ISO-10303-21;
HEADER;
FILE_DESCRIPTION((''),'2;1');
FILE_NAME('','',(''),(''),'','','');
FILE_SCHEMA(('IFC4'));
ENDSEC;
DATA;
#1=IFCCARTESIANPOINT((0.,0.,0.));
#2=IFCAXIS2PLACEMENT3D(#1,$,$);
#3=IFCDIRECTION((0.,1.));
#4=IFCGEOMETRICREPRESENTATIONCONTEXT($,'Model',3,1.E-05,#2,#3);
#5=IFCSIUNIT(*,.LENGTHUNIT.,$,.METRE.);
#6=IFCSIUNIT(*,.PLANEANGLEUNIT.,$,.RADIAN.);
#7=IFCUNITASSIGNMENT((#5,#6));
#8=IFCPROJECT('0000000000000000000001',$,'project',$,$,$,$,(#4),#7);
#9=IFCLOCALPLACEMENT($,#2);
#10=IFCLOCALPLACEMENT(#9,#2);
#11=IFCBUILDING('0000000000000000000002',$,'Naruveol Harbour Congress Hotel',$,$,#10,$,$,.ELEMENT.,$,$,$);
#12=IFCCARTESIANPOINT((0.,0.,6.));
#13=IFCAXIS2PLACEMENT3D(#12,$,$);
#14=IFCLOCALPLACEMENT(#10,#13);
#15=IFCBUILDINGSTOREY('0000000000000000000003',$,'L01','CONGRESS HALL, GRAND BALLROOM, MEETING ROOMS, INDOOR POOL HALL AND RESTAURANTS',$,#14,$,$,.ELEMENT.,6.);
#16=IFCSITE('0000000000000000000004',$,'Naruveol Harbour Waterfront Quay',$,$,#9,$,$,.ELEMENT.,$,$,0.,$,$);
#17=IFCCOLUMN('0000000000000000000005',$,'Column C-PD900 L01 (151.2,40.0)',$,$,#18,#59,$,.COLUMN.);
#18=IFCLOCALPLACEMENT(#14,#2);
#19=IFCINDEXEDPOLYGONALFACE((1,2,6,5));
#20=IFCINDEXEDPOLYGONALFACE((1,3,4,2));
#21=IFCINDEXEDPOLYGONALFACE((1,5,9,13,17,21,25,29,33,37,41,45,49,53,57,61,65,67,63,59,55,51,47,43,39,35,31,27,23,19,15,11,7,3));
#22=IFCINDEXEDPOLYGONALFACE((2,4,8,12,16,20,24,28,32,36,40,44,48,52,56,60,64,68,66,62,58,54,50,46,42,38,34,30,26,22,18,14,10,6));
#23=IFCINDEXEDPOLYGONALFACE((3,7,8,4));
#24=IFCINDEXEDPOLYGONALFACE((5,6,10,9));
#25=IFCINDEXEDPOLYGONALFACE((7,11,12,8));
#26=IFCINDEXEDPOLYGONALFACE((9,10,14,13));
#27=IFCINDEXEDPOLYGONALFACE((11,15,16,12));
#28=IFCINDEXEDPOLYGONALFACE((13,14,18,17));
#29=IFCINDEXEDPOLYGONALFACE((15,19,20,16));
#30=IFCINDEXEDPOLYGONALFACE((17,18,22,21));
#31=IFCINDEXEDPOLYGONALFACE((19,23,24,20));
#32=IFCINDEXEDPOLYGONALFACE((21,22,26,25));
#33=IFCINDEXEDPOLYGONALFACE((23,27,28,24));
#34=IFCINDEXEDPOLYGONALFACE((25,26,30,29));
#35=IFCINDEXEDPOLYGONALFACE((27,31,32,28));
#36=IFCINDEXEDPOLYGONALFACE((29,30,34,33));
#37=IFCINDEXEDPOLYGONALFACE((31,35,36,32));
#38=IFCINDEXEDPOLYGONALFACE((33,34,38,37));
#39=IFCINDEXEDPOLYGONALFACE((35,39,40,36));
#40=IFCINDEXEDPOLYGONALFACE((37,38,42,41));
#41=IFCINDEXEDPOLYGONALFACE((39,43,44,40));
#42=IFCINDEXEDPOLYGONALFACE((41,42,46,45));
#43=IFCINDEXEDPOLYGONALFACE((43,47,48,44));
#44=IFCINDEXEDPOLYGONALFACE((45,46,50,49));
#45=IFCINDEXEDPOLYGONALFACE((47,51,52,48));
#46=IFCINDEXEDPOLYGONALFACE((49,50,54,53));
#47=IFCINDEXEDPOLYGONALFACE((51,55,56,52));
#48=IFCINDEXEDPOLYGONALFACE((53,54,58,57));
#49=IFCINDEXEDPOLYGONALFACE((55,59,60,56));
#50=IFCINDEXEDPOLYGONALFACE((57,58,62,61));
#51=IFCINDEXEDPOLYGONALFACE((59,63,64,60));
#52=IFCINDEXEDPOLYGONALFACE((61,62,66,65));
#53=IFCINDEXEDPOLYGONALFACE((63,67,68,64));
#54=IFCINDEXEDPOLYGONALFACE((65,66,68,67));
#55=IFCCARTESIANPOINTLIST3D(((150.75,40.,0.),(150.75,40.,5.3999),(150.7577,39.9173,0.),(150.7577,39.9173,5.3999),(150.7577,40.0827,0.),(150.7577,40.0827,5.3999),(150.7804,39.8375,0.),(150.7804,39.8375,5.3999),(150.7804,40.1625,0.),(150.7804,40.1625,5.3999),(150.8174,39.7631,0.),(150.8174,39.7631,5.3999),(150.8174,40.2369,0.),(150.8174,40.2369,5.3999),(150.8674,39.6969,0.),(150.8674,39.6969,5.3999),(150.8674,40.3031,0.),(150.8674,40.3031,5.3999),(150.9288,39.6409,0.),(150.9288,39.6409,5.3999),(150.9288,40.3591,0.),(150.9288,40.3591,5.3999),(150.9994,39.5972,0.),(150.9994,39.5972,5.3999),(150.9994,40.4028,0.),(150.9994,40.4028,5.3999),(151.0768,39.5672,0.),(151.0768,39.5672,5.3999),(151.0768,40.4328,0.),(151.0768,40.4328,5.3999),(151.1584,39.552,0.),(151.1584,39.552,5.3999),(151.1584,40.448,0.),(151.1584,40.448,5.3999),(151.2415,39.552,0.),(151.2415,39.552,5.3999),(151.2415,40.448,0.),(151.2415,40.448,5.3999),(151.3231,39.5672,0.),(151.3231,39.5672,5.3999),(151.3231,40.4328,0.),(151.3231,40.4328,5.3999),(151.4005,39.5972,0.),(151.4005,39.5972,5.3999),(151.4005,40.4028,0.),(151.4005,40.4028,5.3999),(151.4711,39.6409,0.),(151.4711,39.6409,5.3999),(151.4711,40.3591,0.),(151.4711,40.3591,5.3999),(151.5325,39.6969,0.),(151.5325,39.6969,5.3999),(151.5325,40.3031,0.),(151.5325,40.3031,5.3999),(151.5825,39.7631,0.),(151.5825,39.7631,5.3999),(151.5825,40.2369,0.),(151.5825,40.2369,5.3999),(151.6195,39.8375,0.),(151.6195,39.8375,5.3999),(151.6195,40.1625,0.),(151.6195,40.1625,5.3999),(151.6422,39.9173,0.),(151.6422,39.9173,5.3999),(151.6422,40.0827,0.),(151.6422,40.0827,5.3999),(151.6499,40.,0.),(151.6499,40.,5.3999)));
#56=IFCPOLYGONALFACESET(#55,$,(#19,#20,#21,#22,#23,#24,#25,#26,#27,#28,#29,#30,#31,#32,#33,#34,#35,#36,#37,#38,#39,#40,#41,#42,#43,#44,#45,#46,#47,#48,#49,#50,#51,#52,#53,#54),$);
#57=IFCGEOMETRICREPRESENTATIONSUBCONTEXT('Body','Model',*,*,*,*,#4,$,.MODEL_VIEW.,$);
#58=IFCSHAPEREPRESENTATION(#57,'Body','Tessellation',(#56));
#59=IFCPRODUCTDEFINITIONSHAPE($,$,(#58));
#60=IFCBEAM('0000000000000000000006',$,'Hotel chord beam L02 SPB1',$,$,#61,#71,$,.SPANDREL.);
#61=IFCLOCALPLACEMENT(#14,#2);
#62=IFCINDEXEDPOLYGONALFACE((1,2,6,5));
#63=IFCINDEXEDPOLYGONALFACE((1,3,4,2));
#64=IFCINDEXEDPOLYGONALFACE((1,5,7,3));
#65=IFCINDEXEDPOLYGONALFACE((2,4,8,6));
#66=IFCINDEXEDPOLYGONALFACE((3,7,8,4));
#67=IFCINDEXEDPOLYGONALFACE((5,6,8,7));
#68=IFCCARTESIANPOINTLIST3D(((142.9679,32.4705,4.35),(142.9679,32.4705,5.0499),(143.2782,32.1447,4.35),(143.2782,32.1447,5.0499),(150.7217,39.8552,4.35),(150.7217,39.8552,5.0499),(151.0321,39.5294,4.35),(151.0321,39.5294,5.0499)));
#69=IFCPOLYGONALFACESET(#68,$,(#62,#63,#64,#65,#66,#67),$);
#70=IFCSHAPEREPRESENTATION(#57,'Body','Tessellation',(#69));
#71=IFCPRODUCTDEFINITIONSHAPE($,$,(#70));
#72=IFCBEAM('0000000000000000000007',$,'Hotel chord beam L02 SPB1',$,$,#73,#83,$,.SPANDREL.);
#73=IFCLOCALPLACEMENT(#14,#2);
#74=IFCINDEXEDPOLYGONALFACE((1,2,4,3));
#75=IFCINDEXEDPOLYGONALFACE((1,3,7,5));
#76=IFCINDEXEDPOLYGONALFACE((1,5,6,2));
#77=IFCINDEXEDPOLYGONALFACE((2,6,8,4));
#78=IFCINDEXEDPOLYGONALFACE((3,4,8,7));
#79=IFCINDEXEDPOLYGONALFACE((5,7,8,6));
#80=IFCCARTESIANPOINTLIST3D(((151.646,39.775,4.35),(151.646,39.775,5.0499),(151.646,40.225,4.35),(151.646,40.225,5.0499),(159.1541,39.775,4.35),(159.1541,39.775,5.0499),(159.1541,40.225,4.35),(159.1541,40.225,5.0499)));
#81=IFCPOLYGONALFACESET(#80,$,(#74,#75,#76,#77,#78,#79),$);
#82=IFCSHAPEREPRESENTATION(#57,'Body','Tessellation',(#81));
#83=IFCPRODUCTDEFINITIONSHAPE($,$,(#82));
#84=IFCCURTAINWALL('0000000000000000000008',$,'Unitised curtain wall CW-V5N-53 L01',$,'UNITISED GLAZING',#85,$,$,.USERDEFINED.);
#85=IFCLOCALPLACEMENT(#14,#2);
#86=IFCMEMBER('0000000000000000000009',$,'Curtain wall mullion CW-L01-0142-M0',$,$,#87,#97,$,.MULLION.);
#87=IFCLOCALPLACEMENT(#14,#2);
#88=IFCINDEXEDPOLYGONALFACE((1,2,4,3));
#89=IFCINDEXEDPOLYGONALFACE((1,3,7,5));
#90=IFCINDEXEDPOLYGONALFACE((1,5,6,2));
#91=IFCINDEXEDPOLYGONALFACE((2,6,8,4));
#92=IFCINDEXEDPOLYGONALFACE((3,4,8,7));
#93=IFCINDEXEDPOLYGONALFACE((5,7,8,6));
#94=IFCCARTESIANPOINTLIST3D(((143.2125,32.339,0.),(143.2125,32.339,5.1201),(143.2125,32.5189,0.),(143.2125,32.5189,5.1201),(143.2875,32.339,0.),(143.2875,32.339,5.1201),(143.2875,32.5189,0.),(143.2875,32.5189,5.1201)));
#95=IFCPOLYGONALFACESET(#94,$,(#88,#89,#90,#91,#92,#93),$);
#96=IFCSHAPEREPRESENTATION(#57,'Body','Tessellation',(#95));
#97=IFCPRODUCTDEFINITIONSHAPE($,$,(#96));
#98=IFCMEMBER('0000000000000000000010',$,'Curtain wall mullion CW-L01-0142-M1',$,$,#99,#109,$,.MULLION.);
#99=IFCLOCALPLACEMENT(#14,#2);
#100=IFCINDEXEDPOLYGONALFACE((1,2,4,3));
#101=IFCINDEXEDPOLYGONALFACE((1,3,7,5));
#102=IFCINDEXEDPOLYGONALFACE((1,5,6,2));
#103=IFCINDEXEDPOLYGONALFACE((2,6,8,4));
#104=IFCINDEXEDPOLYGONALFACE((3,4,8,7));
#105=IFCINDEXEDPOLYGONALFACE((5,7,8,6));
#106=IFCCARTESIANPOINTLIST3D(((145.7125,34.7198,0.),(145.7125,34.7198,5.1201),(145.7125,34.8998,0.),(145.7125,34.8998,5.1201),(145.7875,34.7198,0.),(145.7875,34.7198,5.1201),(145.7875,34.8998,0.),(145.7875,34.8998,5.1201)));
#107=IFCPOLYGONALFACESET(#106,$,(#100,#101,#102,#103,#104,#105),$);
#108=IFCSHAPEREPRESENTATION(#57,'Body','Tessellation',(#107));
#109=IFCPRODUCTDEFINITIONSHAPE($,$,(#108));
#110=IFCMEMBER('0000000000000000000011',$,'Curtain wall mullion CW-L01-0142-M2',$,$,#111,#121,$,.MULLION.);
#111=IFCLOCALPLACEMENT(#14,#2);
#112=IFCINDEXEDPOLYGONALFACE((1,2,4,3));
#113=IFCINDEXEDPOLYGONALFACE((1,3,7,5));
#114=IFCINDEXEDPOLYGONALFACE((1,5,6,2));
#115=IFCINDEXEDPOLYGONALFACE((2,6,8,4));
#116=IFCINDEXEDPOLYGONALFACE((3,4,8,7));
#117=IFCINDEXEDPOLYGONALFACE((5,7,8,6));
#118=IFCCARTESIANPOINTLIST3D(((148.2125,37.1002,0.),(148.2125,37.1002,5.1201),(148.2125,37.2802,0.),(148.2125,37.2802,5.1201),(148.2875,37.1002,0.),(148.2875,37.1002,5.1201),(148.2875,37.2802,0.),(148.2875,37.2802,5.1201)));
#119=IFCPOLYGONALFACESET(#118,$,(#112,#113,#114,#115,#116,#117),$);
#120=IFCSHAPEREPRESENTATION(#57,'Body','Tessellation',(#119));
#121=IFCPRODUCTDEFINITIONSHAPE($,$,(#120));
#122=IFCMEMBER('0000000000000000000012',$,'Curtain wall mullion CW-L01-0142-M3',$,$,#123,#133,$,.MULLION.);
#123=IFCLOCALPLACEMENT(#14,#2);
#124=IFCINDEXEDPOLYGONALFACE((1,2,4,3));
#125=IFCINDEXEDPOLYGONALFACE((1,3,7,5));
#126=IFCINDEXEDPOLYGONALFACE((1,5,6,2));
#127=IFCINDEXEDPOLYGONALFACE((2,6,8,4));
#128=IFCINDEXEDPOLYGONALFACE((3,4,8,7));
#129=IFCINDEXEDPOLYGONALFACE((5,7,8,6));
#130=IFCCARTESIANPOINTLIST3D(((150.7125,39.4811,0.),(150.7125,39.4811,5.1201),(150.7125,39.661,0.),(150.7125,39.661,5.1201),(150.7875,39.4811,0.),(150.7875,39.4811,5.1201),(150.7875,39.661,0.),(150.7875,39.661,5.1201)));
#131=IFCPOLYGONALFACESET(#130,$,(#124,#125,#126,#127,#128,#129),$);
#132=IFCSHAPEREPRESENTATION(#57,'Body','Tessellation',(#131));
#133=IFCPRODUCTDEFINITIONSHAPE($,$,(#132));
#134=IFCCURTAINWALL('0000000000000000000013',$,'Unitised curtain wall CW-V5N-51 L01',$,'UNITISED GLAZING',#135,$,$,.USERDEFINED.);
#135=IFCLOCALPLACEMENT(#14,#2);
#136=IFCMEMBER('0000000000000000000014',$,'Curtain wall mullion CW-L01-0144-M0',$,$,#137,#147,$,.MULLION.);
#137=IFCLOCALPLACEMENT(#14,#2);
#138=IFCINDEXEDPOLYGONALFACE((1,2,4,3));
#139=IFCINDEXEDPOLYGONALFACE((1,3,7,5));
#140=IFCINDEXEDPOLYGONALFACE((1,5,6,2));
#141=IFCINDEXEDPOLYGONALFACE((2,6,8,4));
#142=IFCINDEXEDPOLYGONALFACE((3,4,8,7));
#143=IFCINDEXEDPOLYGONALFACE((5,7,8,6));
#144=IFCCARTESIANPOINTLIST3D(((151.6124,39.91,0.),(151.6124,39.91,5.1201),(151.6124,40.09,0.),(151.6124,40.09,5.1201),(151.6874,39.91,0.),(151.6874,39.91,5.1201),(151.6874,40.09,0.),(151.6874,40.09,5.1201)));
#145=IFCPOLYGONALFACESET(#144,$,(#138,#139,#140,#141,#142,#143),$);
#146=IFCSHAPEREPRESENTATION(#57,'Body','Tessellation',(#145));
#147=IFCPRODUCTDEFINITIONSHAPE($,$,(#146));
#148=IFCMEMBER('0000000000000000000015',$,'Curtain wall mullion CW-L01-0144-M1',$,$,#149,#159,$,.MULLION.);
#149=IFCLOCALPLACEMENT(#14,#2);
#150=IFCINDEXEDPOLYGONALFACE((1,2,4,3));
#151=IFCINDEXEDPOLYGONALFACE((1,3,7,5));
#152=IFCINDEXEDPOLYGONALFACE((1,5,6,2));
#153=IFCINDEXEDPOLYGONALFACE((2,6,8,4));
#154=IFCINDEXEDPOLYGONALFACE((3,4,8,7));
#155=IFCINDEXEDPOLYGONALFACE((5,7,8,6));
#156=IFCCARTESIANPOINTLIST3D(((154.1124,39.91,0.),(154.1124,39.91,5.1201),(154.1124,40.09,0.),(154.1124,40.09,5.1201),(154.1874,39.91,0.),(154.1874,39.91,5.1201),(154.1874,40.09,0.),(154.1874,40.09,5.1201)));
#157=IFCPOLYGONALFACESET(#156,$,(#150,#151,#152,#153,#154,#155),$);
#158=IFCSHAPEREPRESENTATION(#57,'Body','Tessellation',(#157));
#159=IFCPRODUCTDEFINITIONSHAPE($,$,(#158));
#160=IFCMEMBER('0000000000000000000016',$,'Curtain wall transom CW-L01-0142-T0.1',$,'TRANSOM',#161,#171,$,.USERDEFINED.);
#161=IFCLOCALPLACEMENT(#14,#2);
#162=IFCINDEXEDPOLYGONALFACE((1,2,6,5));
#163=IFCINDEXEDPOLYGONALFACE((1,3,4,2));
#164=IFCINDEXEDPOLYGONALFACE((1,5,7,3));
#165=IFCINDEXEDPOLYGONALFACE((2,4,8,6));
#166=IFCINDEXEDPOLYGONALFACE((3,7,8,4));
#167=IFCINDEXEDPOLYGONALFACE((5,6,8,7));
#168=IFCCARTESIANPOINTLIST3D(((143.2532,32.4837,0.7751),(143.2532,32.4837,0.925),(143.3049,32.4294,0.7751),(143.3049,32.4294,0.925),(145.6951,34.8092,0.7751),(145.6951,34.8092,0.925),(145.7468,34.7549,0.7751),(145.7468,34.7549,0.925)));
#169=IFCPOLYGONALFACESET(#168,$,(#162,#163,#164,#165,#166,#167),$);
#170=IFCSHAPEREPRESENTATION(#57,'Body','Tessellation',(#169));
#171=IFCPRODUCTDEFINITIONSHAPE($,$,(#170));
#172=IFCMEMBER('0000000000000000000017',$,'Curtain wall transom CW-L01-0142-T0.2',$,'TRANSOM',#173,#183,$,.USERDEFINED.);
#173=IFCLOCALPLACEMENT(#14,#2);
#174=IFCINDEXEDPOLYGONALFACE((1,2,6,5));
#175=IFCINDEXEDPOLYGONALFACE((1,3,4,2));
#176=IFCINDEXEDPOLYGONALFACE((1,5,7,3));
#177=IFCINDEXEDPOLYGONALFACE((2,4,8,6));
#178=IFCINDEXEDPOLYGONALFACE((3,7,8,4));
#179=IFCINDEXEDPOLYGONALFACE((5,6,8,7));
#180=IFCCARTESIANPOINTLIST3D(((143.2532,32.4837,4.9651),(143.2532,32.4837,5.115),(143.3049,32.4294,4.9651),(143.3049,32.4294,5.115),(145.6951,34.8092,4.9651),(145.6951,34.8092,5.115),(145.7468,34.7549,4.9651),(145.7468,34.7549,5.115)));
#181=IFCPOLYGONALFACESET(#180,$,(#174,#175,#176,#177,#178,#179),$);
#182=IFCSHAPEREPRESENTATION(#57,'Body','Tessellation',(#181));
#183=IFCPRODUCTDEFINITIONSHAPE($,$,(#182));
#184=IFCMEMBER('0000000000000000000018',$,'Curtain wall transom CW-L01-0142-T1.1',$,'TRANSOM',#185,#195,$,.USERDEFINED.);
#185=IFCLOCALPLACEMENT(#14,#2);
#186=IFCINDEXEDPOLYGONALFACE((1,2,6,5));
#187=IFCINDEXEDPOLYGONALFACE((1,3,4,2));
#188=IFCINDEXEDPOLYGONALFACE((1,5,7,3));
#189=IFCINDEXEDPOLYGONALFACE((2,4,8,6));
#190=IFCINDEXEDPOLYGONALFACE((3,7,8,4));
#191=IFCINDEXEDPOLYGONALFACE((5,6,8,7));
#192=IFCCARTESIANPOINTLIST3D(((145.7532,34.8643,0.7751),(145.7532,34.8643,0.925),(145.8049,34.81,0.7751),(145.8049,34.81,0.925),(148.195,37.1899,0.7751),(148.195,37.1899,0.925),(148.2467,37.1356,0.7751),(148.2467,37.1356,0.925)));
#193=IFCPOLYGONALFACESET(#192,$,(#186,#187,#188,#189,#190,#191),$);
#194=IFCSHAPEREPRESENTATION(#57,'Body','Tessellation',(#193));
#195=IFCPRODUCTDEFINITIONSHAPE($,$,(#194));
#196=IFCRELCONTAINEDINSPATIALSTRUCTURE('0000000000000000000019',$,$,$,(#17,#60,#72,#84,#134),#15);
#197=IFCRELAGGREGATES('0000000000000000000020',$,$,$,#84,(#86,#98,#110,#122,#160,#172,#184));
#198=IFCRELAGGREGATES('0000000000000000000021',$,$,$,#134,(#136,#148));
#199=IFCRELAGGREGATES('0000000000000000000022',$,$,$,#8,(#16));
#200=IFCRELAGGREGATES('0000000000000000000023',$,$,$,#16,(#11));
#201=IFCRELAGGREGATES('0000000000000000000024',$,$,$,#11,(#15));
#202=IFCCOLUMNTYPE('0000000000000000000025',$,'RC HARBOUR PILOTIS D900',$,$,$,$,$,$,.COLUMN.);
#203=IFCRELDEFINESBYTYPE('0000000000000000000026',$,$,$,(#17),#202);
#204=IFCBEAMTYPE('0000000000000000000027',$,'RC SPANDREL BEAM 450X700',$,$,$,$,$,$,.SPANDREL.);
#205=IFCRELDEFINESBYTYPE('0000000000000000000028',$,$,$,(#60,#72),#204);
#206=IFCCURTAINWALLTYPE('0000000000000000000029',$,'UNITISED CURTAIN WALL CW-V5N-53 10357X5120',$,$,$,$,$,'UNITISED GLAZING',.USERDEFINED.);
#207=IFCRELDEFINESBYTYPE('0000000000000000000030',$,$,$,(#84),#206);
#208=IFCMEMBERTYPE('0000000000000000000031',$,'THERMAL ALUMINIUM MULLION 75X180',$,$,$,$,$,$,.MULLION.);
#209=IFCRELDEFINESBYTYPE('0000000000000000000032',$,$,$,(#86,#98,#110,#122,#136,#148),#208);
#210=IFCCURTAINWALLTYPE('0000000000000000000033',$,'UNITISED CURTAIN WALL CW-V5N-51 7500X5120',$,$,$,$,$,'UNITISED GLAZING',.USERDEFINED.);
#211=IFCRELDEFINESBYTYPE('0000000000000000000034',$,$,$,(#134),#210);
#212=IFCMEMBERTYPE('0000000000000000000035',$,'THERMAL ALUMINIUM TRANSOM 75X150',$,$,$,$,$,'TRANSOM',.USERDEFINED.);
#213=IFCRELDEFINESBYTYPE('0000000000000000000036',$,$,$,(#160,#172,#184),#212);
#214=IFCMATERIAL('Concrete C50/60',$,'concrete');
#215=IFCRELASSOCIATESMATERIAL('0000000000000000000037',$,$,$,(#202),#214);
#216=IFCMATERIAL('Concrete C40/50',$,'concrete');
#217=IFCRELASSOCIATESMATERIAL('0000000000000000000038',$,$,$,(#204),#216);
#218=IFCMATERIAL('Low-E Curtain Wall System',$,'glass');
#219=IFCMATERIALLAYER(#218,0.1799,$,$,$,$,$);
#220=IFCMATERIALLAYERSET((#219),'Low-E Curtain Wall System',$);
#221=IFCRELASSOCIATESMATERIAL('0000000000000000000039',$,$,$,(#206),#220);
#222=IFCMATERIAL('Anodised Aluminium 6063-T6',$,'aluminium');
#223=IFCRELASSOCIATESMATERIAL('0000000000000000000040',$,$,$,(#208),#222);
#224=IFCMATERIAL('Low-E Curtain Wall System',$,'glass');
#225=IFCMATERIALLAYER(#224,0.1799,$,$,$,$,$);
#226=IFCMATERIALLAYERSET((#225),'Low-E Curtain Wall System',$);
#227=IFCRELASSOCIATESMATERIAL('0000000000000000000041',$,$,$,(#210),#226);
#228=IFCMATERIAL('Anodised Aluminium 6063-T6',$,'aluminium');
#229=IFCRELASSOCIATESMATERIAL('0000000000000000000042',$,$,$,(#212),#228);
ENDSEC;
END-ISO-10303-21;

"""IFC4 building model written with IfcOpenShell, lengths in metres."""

from ifc_helpers import new_model, si_unit, direction, frame, origin, origin_2d, place, context, subcontext, project, spatial, rectangle, circle, extrude, material, layer, layer_set, material_profile, profile_set, type_object, element, aggregate, save


model = new_model("IFC4")

# Units and contexts
model_context = context("Model", 3, precision=1e-05, world=origin(), true_north=direction((0.0, 1.0)))
body_context = subcontext(model_context, "Body", "Model", "MODEL_VIEW")
ifc_project = project(units=[si_unit("LENGTHUNIT", "METRE"), si_unit("PLANEANGLEUNIT", "RADIAN")], contexts=[model_context])

# Site, building, storey
site_placement = place(None, origin())
site = spatial("IfcSite", under=ifc_project, at=site_placement, Name="Naruveol Harbour Waterfront Quay", CompositionType="ELEMENT", RefElevation=0.0)
building_placement = place(site_placement, origin())
building = spatial("IfcBuilding", under=site, at=building_placement, Name="Naruveol Harbour Congress Hotel", CompositionType="ELEMENT")
storey_placement = place(building_placement, frame((0.0, 0.0, 6.0)))
storey = spatial("IfcBuildingStorey", under=building, at=storey_placement, Name="L01", Description="CONGRESS HALL, GRAND BALLROOM, MEETING ROOMS, INDOOR POOL HALL AND RESTAURANTS", CompositionType="ELEMENT", Elevation=6.0)

# Column
ifc_material_1 = material(Name="Concrete C50/60", Category="concrete")
ifc_material_profile_1 = material_profile(ifc_material_1, circle(Radius=0.45, at=origin_2d()), Name="RC-D900")
ifc_profile_set_1 = profile_set([ifc_material_profile_1], Name="Concrete C50/60")
column_type = type_object("IfcColumnType", Name="RC HARBOUR PILOTIS D900", PredefinedType="COLUMN", material=ifc_profile_set_1)
column_placement = place(storey_placement, frame((151.2, 40.0, 0.0), z_axis=(0.0, 0.0, 1.0), x_axis=(1.0, 0.0, 0.0)))
element("IfcColumn", 1, at=column_placement, inside=storey, type_object=column_type, Name="Column C-PD900 L01 (151.2,40.0)", PredefinedType="COLUMN", context=body_context, shape_type="SweptSolid", body=[
    extrude(circle(Radius=0.45, at=origin_2d()), origin(), (0.0, 0.0, 1.0), 5.3999),
])

# Beams
ifc_material_2 = material(Name="Concrete C40/50", Category="concrete")
ifc_material_profile_2 = material_profile(ifc_material_2, rectangle(XDim=0.45, YDim=0.7, at=origin_2d()), Name="RCB-450x700")
ifc_profile_set_2 = profile_set([ifc_material_profile_2], Name="Concrete C40/50")
beam_type = type_object("IfcBeamType", Name="RC SPANDREL BEAM 450X700", PredefinedType="SPANDREL", material=ifc_profile_set_2)
beam_1_placement = place(storey_placement, frame((143.123, 32.3076, 4.7), z_axis=(0.724134, 0.68966, 0.0), x_axis=(-0.68966, 0.724134, 0.0)))
element("IfcBeam", 2, at=beam_1_placement, inside=storey, type_object=beam_type, Name="Hotel chord beam L02 SPB1", PredefinedType="SPANDREL", context=body_context, shape_type="SweptSolid", body=[
    extrude(rectangle(XDim=0.45, YDim=0.7, at=origin_2d()), origin(), (0.0, 0.0, 1.0), 10.7078),
])
beam_2_placement = place(storey_placement, frame((151.646, 40.0, 4.7), z_axis=(1.0, 0.0, 0.0), x_axis=(0.0, 1.0, 0.0)))
element("IfcBeam", 3, at=beam_2_placement, inside=storey, type_object=beam_type, Name="Hotel chord beam L02 SPB1", PredefinedType="SPANDREL", context=body_context, shape_type="SweptSolid", body=[
    extrude(rectangle(XDim=0.45, YDim=0.7, at=origin_2d()), origin(), (0.0, 0.0, 1.0), 7.5081),
])

# Curtain walls, members
ifc_material_3 = material(Name="Low-E Curtain Wall System", Category="glass")
ifc_layer_1 = layer(ifc_material_3, 0.1799)
ifc_layer_set_1 = layer_set([ifc_layer_1], Name="Low-E Curtain Wall System")
curtain_wall_type_1 = type_object("IfcCurtainWallType", Name="UNITISED CURTAIN WALL CW-V5N-53 10357X5120", ElementType="UNITISED GLAZING", PredefinedType="USERDEFINED", material=ifc_layer_set_1)
curtain_wall_1_placement = place(storey_placement, origin())
curtain_wall_1 = element("IfcCurtainWall", 4, at=curtain_wall_1_placement, inside=storey, type_object=curtain_wall_type_1, Name="Unitised curtain wall CW-V5N-53 L01", ObjectType="UNITISED GLAZING", PredefinedType="USERDEFINED")
ifc_material_4 = material(Name="Anodised Aluminium 6063-T6", Category="aluminium")
ifc_material_profile_3 = material_profile(ifc_material_4, rectangle(XDim=0.075, YDim=0.1799, at=origin_2d()), Name="ALU-75x180")
ifc_profile_set_3 = profile_set([ifc_material_profile_3], Name="Anodised Aluminium 6063-T6")
member_type_1 = type_object("IfcMemberType", Name="THERMAL ALUMINIUM MULLION 75X180", PredefinedType="MULLION", material=ifc_profile_set_3)
member_1_placement = place(storey_placement, frame((143.25, 32.429, 0.0), z_axis=(0.0, 0.0, 1.0), x_axis=(1.0, 0.0, 0.0)))
member_1 = element("IfcMember", 5, at=member_1_placement, type_object=member_type_1, Name="Curtain wall mullion CW-L01-0142-M0", PredefinedType="MULLION", context=body_context, shape_type="SweptSolid", body=[
    extrude(rectangle(XDim=0.075, YDim=0.1799, at=origin_2d()), origin(), (0.0, 0.0, 1.0), 5.1201),
])
member_2_placement = place(storey_placement, frame((145.75, 34.8098, 0.0), z_axis=(0.0, 0.0, 1.0), x_axis=(1.0, 0.0, 0.0)))
member_2 = element("IfcMember", 6, at=member_2_placement, type_object=member_type_1, Name="Curtain wall mullion CW-L01-0142-M1", PredefinedType="MULLION", context=body_context, shape_type="SweptSolid", body=[
    extrude(rectangle(XDim=0.075, YDim=0.1799, at=origin_2d()), origin(), (0.0, 0.0, 1.0), 5.1201),
])
member_3_placement = place(storey_placement, frame((148.25, 37.1902, 0.0), z_axis=(0.0, 0.0, 1.0), x_axis=(1.0, 0.0, 0.0)))
member_3 = element("IfcMember", 7, at=member_3_placement, type_object=member_type_1, Name="Curtain wall mullion CW-L01-0142-M2", PredefinedType="MULLION", context=body_context, shape_type="SweptSolid", body=[
    extrude(rectangle(XDim=0.075, YDim=0.1799, at=origin_2d()), origin(), (0.0, 0.0, 1.0), 5.1201),
])
member_4_placement = place(storey_placement, frame((150.75, 39.571, 0.0), z_axis=(0.0, 0.0, 1.0), x_axis=(1.0, 0.0, 0.0)))
member_4 = element("IfcMember", 8, at=member_4_placement, type_object=member_type_1, Name="Curtain wall mullion CW-L01-0142-M3", PredefinedType="MULLION", context=body_context, shape_type="SweptSolid", body=[
    extrude(rectangle(XDim=0.075, YDim=0.1799, at=origin_2d()), origin(), (0.0, 0.0, 1.0), 5.1201),
])
ifc_material_5 = material(Name="Low-E Curtain Wall System", Category="glass")
ifc_layer_2 = layer(ifc_material_5, 0.1799)
ifc_layer_set_2 = layer_set([ifc_layer_2], Name="Low-E Curtain Wall System")
curtain_wall_type_2 = type_object("IfcCurtainWallType", Name="UNITISED CURTAIN WALL CW-V5N-51 7500X5120", ElementType="UNITISED GLAZING", PredefinedType="USERDEFINED", material=ifc_layer_set_2)
curtain_wall_2_placement = place(storey_placement, origin())
curtain_wall_2 = element("IfcCurtainWall", 9, at=curtain_wall_2_placement, inside=storey, type_object=curtain_wall_type_2, Name="Unitised curtain wall CW-V5N-51 L01", ObjectType="UNITISED GLAZING", PredefinedType="USERDEFINED")
member_5_placement = place(storey_placement, frame((151.6499, 40.0, 0.0), z_axis=(0.0, 0.0, 1.0), x_axis=(1.0, 0.0, 0.0)))
member_5 = element("IfcMember", 10, at=member_5_placement, type_object=member_type_1, Name="Curtain wall mullion CW-L01-0144-M0", PredefinedType="MULLION", context=body_context, shape_type="SweptSolid", body=[
    extrude(rectangle(XDim=0.075, YDim=0.1799, at=origin_2d()), origin(), (0.0, 0.0, 1.0), 5.1201),
])
member_6_placement = place(storey_placement, frame((154.1499, 40.0, 0.0), z_axis=(0.0, 0.0, 1.0), x_axis=(1.0, 0.0, 0.0)))
member_6 = element("IfcMember", 11, at=member_6_placement, type_object=member_type_1, Name="Curtain wall mullion CW-L01-0144-M1", PredefinedType="MULLION", context=body_context, shape_type="SweptSolid", body=[
    extrude(rectangle(XDim=0.075, YDim=0.1799, at=origin_2d()), origin(), (0.0, 0.0, 1.0), 5.1201),
])

# Members
ifc_material_6 = material(Name="Anodised Aluminium 6063-T6", Category="aluminium")
ifc_material_profile_4 = material_profile(ifc_material_6, rectangle(XDim=0.075, YDim=0.1499, at=origin_2d()), Name="ALU-75x150")
ifc_profile_set_4 = profile_set([ifc_material_profile_4], Name="Anodised Aluminium 6063-T6")
member_type_2 = type_object("IfcMemberType", Name="THERMAL ALUMINIUM TRANSOM 75X150", ElementType="TRANSOM", PredefinedType="USERDEFINED", material=ifc_profile_set_4)
member_7_placement = place(storey_placement, frame((143.2791, 32.4565, 0.8501), z_axis=(0.724164, 0.689628, 0.0), x_axis=(-0.689628, 0.724164, 0.0)))
member_7 = element("IfcMember", 12, at=member_7_placement, type_object=member_type_2, Name="Curtain wall transom CW-L01-0142-T0.1", ObjectType="TRANSOM", PredefinedType="USERDEFINED", context=body_context, shape_type="SweptSolid", body=[
    extrude(rectangle(XDim=0.075, YDim=0.1499, at=origin_2d()), origin(), (0.0, 0.0, 1.0), 3.3721),
])
member_8_placement = place(storey_placement, frame((143.2791, 32.4565, 5.04), z_axis=(0.724164, 0.689628, 0.0), x_axis=(-0.689628, 0.724164, 0.0)))
member_8 = element("IfcMember", 13, at=member_8_placement, type_object=member_type_2, Name="Curtain wall transom CW-L01-0142-T0.2", ObjectType="TRANSOM", PredefinedType="USERDEFINED", context=body_context, shape_type="SweptSolid", body=[
    extrude(rectangle(XDim=0.075, YDim=0.1499, at=origin_2d()), origin(), (0.0, 0.0, 1.0), 3.3721),
])
member_9_placement = place(storey_placement, frame((145.7791, 34.8372, 0.8501), z_axis=(0.724128, 0.689666, 0.0), x_axis=(-0.689666, 0.724128, 0.0)))
member_9 = element("IfcMember", 14, at=member_9_placement, type_object=member_type_2, Name="Curtain wall transom CW-L01-0142-T1.1", ObjectType="TRANSOM", PredefinedType="USERDEFINED", context=body_context, shape_type="SweptSolid", body=[
    extrude(rectangle(XDim=0.075, YDim=0.1499, at=origin_2d()), origin(), (0.0, 0.0, 1.0), 3.3721),
])

aggregate(curtain_wall_1, [member_1, member_2, member_3, member_4, member_7, member_8, member_9])
aggregate(curtain_wall_2, [member_5, member_6])

save(model, "model.ifc")
